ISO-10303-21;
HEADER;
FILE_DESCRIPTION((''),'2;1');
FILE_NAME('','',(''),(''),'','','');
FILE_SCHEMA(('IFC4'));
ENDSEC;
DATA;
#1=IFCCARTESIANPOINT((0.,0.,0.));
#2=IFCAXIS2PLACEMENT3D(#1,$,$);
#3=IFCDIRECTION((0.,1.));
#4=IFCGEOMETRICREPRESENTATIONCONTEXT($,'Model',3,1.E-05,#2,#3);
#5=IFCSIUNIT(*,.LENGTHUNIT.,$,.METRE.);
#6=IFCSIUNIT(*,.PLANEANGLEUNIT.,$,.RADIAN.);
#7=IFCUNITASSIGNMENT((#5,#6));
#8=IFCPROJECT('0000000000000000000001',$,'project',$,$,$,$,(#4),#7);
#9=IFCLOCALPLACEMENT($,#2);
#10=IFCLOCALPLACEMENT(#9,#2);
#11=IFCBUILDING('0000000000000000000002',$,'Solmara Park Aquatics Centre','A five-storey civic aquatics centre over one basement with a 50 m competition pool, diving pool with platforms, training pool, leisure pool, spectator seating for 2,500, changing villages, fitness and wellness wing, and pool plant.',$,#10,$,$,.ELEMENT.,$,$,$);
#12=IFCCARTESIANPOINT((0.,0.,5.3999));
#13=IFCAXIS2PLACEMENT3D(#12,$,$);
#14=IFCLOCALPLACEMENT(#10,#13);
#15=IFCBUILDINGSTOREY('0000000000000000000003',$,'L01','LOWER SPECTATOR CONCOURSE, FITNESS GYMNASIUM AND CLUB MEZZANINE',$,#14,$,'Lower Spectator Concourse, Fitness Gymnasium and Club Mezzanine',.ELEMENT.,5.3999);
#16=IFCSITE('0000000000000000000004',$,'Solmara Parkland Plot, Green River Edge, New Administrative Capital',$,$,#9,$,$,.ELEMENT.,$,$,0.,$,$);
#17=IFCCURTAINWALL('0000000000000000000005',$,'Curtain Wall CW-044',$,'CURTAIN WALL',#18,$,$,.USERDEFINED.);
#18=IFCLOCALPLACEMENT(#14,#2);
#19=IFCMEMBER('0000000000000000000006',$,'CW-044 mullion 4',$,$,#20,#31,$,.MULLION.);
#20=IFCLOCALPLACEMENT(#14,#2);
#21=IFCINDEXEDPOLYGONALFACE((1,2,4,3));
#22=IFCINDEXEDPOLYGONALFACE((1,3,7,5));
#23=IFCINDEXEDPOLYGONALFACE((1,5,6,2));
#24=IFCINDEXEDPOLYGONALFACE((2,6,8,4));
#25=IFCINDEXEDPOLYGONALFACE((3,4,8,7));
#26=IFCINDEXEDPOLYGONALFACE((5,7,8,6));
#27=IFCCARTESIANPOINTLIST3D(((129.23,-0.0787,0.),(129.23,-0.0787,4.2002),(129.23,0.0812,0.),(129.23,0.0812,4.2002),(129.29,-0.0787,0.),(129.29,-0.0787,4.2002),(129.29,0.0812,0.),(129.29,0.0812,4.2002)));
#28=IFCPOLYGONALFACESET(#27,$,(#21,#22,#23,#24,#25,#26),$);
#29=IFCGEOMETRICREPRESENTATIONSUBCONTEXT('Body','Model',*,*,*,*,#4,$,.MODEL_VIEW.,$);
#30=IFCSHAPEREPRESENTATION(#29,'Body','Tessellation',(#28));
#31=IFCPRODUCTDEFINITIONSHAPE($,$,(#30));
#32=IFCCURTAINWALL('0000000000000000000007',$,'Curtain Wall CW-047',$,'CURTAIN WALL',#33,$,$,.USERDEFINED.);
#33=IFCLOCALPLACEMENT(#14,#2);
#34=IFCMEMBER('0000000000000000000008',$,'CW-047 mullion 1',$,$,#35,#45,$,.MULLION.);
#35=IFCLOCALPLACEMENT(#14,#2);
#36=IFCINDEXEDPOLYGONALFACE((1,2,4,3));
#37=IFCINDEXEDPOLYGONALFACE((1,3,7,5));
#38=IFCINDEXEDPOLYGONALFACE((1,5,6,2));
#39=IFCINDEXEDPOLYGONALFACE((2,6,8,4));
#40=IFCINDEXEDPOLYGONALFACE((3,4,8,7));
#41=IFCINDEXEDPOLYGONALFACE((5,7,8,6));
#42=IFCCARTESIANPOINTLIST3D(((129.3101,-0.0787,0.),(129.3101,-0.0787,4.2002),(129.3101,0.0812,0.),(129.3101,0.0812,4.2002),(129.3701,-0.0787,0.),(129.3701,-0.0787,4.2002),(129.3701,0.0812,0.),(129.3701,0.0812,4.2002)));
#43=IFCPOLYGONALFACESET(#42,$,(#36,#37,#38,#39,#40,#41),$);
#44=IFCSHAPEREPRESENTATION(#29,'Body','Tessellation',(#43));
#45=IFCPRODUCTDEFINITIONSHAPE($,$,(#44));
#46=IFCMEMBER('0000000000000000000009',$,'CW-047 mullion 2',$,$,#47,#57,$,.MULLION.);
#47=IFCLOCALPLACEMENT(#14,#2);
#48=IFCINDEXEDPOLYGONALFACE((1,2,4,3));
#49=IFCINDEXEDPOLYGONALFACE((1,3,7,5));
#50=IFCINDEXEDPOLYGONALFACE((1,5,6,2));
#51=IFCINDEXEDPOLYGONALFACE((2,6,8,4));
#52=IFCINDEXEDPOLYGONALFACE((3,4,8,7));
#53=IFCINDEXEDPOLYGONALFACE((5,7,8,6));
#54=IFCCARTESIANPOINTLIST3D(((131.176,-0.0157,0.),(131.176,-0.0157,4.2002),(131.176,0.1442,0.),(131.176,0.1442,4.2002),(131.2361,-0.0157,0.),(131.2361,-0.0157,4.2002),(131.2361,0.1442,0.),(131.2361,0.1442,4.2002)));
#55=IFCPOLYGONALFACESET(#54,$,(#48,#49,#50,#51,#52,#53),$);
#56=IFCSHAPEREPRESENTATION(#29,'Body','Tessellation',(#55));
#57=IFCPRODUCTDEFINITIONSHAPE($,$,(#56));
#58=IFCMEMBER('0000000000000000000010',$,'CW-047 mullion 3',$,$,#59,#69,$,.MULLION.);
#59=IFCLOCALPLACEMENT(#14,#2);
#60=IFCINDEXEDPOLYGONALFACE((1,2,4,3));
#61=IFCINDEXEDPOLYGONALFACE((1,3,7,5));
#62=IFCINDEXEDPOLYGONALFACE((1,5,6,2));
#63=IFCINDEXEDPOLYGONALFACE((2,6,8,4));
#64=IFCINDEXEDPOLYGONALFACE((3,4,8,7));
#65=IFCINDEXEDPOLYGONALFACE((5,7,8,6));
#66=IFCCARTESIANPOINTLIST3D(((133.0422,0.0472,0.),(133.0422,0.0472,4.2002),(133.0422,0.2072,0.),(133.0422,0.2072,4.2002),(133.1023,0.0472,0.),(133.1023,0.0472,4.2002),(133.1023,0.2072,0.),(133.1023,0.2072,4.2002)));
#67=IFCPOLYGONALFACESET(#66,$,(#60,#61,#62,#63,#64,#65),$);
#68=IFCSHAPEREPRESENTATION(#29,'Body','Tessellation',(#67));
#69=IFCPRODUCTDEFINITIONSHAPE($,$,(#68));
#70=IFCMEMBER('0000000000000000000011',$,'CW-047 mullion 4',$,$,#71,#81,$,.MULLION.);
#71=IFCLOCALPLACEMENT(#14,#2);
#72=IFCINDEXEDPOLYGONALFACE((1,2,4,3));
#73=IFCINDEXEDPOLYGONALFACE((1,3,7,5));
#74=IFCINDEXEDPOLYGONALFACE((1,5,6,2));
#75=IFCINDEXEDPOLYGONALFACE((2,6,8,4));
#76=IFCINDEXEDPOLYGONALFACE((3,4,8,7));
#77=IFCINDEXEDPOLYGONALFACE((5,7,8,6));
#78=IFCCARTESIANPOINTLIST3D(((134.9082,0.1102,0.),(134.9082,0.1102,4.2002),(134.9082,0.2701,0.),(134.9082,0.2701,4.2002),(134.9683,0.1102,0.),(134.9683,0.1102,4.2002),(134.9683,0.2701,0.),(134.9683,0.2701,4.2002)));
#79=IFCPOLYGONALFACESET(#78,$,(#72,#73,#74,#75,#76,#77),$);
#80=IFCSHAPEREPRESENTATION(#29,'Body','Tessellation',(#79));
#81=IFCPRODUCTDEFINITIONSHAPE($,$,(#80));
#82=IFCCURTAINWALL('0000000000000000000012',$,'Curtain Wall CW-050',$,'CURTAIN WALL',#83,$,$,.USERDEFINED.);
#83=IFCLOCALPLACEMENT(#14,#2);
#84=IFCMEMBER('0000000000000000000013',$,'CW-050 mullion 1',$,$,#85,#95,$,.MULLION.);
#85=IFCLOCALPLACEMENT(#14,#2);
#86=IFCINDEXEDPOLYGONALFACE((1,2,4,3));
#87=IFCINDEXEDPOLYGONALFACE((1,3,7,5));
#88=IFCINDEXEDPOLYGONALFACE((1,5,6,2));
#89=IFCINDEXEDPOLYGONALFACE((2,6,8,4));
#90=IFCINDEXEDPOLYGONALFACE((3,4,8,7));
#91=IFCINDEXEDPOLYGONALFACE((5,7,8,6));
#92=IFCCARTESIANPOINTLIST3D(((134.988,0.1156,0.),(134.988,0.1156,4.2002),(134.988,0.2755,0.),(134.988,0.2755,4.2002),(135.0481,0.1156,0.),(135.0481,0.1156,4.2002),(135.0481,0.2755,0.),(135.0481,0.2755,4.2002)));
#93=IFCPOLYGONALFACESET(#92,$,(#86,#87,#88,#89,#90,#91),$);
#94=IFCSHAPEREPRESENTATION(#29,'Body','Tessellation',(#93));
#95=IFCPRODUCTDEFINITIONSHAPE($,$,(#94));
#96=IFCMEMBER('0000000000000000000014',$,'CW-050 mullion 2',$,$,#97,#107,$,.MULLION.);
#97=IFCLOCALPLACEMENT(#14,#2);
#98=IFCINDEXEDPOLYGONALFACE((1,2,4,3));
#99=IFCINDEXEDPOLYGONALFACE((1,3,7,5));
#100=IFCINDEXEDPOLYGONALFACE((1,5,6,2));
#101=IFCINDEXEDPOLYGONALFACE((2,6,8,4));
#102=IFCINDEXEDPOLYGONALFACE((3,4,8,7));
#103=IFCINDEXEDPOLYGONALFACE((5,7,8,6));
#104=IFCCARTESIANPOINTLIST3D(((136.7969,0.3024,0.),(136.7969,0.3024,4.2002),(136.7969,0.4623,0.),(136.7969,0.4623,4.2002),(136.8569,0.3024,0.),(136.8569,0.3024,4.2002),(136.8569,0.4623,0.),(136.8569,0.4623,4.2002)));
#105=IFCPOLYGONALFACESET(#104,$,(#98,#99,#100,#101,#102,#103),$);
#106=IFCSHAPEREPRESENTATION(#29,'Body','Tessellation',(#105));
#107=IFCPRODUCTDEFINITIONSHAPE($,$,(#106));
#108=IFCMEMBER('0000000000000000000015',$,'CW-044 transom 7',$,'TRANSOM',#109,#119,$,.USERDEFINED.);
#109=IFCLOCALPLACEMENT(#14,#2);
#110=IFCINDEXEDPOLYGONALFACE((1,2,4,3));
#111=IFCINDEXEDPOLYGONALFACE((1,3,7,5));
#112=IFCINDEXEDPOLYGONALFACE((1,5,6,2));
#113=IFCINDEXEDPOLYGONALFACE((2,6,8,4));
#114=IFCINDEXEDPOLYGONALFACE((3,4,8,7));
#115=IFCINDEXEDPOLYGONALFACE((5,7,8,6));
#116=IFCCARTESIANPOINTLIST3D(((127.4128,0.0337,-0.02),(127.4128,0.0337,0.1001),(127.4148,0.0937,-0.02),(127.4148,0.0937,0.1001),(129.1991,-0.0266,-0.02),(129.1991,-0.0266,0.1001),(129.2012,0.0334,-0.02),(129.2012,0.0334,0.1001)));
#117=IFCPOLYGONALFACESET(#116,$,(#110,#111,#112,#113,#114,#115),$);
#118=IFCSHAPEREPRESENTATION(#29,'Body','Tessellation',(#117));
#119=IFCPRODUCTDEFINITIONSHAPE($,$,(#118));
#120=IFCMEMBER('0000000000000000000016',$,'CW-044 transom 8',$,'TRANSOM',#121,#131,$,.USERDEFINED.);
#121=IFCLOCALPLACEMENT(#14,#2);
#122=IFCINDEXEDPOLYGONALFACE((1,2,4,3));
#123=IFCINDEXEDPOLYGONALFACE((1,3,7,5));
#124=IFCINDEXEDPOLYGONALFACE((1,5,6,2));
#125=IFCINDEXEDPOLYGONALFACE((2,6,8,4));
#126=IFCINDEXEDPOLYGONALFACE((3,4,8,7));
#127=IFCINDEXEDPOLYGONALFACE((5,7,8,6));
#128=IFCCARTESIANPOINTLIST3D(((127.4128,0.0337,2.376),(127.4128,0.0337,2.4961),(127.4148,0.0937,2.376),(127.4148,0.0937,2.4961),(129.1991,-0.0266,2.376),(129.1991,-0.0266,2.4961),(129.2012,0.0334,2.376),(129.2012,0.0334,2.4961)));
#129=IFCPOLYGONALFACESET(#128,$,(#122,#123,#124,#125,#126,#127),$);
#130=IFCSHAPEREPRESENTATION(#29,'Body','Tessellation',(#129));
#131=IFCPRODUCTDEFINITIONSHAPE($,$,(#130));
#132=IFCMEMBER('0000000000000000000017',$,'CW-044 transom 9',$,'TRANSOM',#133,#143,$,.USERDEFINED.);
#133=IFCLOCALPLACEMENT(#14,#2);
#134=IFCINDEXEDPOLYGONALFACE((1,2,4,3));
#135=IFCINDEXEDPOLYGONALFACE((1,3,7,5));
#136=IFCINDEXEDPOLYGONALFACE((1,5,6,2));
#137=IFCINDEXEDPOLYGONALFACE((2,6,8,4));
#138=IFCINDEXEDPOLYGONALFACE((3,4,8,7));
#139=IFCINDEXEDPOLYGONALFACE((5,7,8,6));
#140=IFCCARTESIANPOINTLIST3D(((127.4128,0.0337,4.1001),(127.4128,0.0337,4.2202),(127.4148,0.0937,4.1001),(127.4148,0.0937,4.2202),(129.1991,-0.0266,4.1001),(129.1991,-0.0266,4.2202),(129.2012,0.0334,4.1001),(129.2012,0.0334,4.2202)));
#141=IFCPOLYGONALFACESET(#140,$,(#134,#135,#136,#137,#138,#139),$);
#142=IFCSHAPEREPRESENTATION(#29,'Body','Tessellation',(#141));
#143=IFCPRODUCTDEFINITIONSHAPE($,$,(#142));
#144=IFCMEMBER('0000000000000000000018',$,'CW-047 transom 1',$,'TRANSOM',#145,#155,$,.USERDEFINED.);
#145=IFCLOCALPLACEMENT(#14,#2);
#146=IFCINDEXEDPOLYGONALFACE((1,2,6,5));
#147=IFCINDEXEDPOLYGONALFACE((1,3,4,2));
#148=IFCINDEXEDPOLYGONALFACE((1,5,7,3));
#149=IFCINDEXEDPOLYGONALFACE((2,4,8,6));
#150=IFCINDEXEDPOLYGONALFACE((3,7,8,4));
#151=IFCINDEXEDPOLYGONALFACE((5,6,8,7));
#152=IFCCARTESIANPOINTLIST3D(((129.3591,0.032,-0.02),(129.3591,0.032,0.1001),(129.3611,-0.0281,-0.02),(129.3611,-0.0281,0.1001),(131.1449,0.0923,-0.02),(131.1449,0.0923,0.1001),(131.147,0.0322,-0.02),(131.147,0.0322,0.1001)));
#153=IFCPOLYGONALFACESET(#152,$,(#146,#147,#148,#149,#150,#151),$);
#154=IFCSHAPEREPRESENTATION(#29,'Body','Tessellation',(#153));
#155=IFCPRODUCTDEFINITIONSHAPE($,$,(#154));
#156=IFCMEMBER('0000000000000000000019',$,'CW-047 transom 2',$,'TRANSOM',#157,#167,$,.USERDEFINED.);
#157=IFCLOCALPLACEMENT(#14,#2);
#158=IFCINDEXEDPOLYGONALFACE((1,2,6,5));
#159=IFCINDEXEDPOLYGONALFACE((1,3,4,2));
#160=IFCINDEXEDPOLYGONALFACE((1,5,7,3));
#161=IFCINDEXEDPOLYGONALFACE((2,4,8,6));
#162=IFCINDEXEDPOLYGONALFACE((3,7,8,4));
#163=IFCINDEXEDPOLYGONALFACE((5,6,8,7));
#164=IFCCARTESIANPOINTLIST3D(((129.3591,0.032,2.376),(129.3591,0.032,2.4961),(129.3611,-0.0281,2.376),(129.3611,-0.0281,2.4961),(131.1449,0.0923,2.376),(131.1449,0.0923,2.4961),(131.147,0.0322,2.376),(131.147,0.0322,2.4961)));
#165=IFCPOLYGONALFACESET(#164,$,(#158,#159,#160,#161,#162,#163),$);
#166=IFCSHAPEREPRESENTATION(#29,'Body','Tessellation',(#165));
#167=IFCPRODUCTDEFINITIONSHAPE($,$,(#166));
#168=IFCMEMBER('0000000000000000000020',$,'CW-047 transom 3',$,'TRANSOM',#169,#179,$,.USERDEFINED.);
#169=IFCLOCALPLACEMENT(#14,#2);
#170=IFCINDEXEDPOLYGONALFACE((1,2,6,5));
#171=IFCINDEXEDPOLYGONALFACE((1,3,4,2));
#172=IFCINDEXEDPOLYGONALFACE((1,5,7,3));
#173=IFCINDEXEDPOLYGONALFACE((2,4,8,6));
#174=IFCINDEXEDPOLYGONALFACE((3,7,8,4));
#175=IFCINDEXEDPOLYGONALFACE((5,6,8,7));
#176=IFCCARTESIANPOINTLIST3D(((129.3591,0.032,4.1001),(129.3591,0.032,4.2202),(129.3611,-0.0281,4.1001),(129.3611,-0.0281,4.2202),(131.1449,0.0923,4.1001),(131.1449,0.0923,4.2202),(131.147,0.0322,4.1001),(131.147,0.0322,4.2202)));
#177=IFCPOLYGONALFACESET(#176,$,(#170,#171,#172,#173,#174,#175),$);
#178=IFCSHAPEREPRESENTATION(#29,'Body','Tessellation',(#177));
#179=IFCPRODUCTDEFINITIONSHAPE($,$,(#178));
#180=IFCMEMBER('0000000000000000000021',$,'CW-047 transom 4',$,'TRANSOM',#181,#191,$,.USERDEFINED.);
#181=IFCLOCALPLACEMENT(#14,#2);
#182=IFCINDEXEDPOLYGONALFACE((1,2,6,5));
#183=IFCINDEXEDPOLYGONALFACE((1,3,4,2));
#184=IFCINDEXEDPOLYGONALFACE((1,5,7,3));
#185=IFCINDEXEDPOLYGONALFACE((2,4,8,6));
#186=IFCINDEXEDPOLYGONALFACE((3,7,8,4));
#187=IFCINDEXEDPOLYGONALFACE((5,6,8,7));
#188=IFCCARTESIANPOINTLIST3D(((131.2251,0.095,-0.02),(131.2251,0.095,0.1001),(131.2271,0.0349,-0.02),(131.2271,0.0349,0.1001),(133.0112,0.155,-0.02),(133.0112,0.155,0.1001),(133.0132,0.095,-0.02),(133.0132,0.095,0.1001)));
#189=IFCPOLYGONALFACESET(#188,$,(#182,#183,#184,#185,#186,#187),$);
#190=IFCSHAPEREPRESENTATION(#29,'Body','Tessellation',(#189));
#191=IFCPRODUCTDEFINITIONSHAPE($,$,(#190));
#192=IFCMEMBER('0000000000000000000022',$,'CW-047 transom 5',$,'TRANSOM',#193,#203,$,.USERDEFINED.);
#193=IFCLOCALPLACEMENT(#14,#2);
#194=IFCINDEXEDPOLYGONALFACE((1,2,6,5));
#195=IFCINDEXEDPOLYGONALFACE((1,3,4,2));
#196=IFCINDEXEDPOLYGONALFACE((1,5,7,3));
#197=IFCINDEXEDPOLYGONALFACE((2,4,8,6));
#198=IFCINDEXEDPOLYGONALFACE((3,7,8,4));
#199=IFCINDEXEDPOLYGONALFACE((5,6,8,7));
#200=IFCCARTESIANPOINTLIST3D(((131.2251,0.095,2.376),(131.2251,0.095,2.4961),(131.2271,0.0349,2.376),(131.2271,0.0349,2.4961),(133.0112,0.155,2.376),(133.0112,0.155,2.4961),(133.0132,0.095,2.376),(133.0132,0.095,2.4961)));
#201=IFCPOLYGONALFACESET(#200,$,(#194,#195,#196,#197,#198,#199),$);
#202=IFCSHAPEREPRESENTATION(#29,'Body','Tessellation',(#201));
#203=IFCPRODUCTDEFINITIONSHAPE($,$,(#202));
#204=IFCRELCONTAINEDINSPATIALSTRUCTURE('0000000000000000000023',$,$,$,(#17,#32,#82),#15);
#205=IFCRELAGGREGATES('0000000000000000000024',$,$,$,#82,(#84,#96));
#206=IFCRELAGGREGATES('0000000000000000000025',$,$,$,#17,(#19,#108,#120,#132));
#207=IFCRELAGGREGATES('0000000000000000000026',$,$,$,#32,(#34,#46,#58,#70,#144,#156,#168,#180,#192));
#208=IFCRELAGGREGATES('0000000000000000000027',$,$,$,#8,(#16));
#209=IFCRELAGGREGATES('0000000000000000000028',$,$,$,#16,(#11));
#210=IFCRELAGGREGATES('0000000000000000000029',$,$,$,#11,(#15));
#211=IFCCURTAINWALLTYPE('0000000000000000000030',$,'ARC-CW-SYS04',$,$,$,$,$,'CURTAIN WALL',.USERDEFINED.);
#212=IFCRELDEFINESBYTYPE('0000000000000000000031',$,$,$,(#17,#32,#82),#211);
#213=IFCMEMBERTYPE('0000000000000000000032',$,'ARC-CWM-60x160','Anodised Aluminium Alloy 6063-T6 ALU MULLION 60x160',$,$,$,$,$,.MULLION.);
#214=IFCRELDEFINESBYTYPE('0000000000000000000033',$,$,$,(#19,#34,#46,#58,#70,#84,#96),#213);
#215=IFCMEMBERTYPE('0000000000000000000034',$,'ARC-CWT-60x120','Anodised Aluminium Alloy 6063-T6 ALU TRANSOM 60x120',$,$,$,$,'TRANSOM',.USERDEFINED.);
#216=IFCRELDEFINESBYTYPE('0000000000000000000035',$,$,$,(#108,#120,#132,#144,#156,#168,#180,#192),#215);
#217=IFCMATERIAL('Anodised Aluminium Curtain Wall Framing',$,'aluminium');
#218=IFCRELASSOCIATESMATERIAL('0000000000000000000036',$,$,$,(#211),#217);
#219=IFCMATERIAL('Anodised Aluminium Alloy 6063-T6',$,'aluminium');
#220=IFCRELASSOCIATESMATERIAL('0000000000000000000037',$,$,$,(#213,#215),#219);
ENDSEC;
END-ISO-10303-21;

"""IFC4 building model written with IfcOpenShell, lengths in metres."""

from ifc_helpers import new_model, si_unit, direction, frame, origin, origin_2d, place, context, subcontext, project, spatial, rectangle, extrude, material, material_profile, profile_set, type_object, element, aggregate, save


model = new_model("IFC4")

# Units and contexts
model_context = context("Model", 3, precision=1e-05, world=origin(), true_north=direction((0.0, 1.0)))
body_context = subcontext(model_context, "Body", "Model", "MODEL_VIEW")
ifc_project = project(units=[si_unit("LENGTHUNIT", "METRE"), si_unit("PLANEANGLEUNIT", "RADIAN")], contexts=[model_context])

# Site, building, storey
site_placement = place(None, origin())
site = spatial("IfcSite", under=ifc_project, at=site_placement, Name="Solmara Parkland Plot, Green River Edge, New Administrative Capital", CompositionType="ELEMENT", RefElevation=0.0)
building_placement = place(site_placement, origin())
building = spatial("IfcBuilding", under=site, at=building_placement, Name="Solmara Park Aquatics Centre", Description="A five-storey civic aquatics centre over one basement with a 50 m competition pool, diving pool with platforms, training pool, leisure pool, spectator seating for 2,500, changing villages, fitness and wellness wing, and pool plant.", CompositionType="ELEMENT")
storey_placement = place(building_placement, frame((0.0, 0.0, 5.3999)))
storey = spatial("IfcBuildingStorey", under=building, at=storey_placement, Name="L01", Description="LOWER SPECTATOR CONCOURSE, FITNESS GYMNASIUM AND CLUB MEZZANINE", LongName="Lower Spectator Concourse, Fitness Gymnasium and Club Mezzanine", CompositionType="ELEMENT", Elevation=5.3999)

# Curtain wall, member
ifc_material_1 = material(Name="Anodised Aluminium Curtain Wall Framing", Category="aluminium")
curtain_wall_type = type_object("IfcCurtainWallType", Name="ARC-CW-SYS04", ElementType="CURTAIN WALL", PredefinedType="USERDEFINED", material=ifc_material_1)
curtain_wall_1_placement = place(storey_placement, origin())
curtain_wall_1 = element("IfcCurtainWall", 1, at=curtain_wall_1_placement, inside=storey, type_object=curtain_wall_type, Name="Curtain Wall CW-044", ObjectType="CURTAIN WALL", PredefinedType="USERDEFINED")
ifc_material_2 = material(Name="Anodised Aluminium Alloy 6063-T6", Category="aluminium")
ifc_material_profile_1 = material_profile(ifc_material_2, rectangle(XDim=0.0601, YDim=0.1599, at=origin_2d()), Name="ALU MULLION 60x160")
ifc_profile_set_1 = profile_set([ifc_material_profile_1], Name="Anodised Aluminium Alloy 6063-T6")
member_type_1 = type_object("IfcMemberType", Name="ARC-CWM-60x160", Description="Anodised Aluminium Alloy 6063-T6 ALU MULLION 60x160", PredefinedType="MULLION", material=ifc_profile_set_1)
member_1_placement = place(storey_placement, frame((129.26, 0.0012, 0.0), z_axis=(0.0, 0.0, 1.0), x_axis=(1.0, 0.0, 0.0)))
member_1 = element("IfcMember", 2, at=member_1_placement, type_object=member_type_1, Name="CW-044 mullion 4", PredefinedType="MULLION", context=body_context, shape_type="SweptSolid", body=[
    extrude(rectangle(XDim=0.0601, YDim=0.1599, at=origin_2d()), origin(), (0.0, 0.0, 1.0), 4.2002),
])

# Curtain walls, members
curtain_wall_2_placement = place(storey_placement, origin())
curtain_wall_2 = element("IfcCurtainWall", 3, at=curtain_wall_2_placement, inside=storey, type_object=curtain_wall_type, Name="Curtain Wall CW-047", ObjectType="CURTAIN WALL", PredefinedType="USERDEFINED")
member_2_placement = place(storey_placement, frame((129.3401, 0.0012, 0.0), z_axis=(0.0, 0.0, 1.0), x_axis=(1.0, 0.0, 0.0)))
member_2 = element("IfcMember", 4, at=member_2_placement, type_object=member_type_1, Name="CW-047 mullion 1", PredefinedType="MULLION", context=body_context, shape_type="SweptSolid", body=[
    extrude(rectangle(XDim=0.0601, YDim=0.1599, at=origin_2d()), origin(), (0.0, 0.0, 1.0), 4.2002),
])
member_3_placement = place(storey_placement, frame((131.2061, 0.0642, 0.0), z_axis=(0.0, 0.0, 1.0), x_axis=(1.0, 0.0, 0.0)))
member_3 = element("IfcMember", 5, at=member_3_placement, type_object=member_type_1, Name="CW-047 mullion 2", PredefinedType="MULLION", context=body_context, shape_type="SweptSolid", body=[
    extrude(rectangle(XDim=0.0601, YDim=0.1599, at=origin_2d()), origin(), (0.0, 0.0, 1.0), 4.2002),
])
member_4_placement = place(storey_placement, frame((133.0723, 0.1272, 0.0), z_axis=(0.0, 0.0, 1.0), x_axis=(1.0, 0.0, 0.0)))
member_4 = element("IfcMember", 6, at=member_4_placement, type_object=member_type_1, Name="CW-047 mullion 3", PredefinedType="MULLION", context=body_context, shape_type="SweptSolid", body=[
    extrude(rectangle(XDim=0.0601, YDim=0.1599, at=origin_2d()), origin(), (0.0, 0.0, 1.0), 4.2002),
])
member_5_placement = place(storey_placement, frame((134.9382, 0.1902, 0.0), z_axis=(0.0, 0.0, 1.0), x_axis=(1.0, 0.0, 0.0)))
member_5 = element("IfcMember", 7, at=member_5_placement, type_object=member_type_1, Name="CW-047 mullion 4", PredefinedType="MULLION", context=body_context, shape_type="SweptSolid", body=[
    extrude(rectangle(XDim=0.0601, YDim=0.1599, at=origin_2d()), origin(), (0.0, 0.0, 1.0), 4.2002),
])
curtain_wall_3_placement = place(storey_placement, origin())
curtain_wall_3 = element("IfcCurtainWall", 8, at=curtain_wall_3_placement, inside=storey, type_object=curtain_wall_type, Name="Curtain Wall CW-050", ObjectType="CURTAIN WALL", PredefinedType="USERDEFINED")
member_6_placement = place(storey_placement, frame((135.0181, 0.1956, 0.0), z_axis=(0.0, 0.0, 1.0), x_axis=(1.0, 0.0, 0.0)))
member_6 = element("IfcMember", 9, at=member_6_placement, type_object=member_type_1, Name="CW-050 mullion 1", PredefinedType="MULLION", context=body_context, shape_type="SweptSolid", body=[
    extrude(rectangle(XDim=0.0601, YDim=0.1599, at=origin_2d()), origin(), (0.0, 0.0, 1.0), 4.2002),
])
member_7_placement = place(storey_placement, frame((136.8269, 0.3823, 0.0), z_axis=(0.0, 0.0, 1.0), x_axis=(1.0, 0.0, 0.0)))
member_7 = element("IfcMember", 10, at=member_7_placement, type_object=member_type_1, Name="CW-050 mullion 2", PredefinedType="MULLION", context=body_context, shape_type="SweptSolid", body=[
    extrude(rectangle(XDim=0.0601, YDim=0.1599, at=origin_2d()), origin(), (0.0, 0.0, 1.0), 4.2002),
])

# Members
ifc_material_profile_2 = material_profile(ifc_material_2, rectangle(XDim=0.0601, YDim=0.1201, at=origin_2d()), Name="ALU TRANSOM 60x120")
ifc_profile_set_2 = profile_set([ifc_material_profile_2], Name="Anodised Aluminium Alloy 6063-T6")
member_type_2 = type_object("IfcMemberType", Name="ARC-CWT-60x120", Description="Anodised Aluminium Alloy 6063-T6 ALU TRANSOM 60x120", ElementType="TRANSOM", PredefinedType="USERDEFINED", material=ifc_profile_set_2)
member_8_placement = place(storey_placement, frame((127.4138, 0.0637, 0.04), z_axis=(0.999431, -0.033738, 0.0), x_axis=(0.033738, 0.999431, 0.0)))
member_8 = element("IfcMember", 11, at=member_8_placement, type_object=member_type_2, Name="CW-044 transom 7", ObjectType="TRANSOM", PredefinedType="USERDEFINED", context=body_context, shape_type="SweptSolid", body=[
    extrude(rectangle(XDim=0.0601, YDim=0.1201, at=origin_2d()), origin(), (0.0, 0.0, 1.0), 1.7874),
])
member_9_placement = place(storey_placement, frame((127.4138, 0.0637, 2.436), z_axis=(0.999431, -0.033738, 0.0), x_axis=(0.033738, 0.999431, 0.0)))
member_9 = element("IfcMember", 12, at=member_9_placement, type_object=member_type_2, Name="CW-044 transom 8", ObjectType="TRANSOM", PredefinedType="USERDEFINED", context=body_context, shape_type="SweptSolid", body=[
    extrude(rectangle(XDim=0.0601, YDim=0.1201, at=origin_2d()), origin(), (0.0, 0.0, 1.0), 1.7874),
])
member_10_placement = place(storey_placement, frame((127.4138, 0.0637, 4.1602), z_axis=(0.999431, -0.033738, 0.0), x_axis=(0.033738, 0.999431, 0.0)))
member_10 = element("IfcMember", 13, at=member_10_placement, type_object=member_type_2, Name="CW-044 transom 9", ObjectType="TRANSOM", PredefinedType="USERDEFINED", context=body_context, shape_type="SweptSolid", body=[
    extrude(rectangle(XDim=0.0601, YDim=0.1201, at=origin_2d()), origin(), (0.0, 0.0, 1.0), 1.7874),
])
member_11_placement = place(storey_placement, frame((129.3601, 0.002, 0.04), z_axis=(0.99943, 0.033747, 0.0), x_axis=(-0.033747, 0.99943, 0.0)))
member_11 = element("IfcMember", 14, at=member_11_placement, type_object=member_type_2, Name="CW-047 transom 1", ObjectType="TRANSOM", PredefinedType="USERDEFINED", context=body_context, shape_type="SweptSolid", body=[
    extrude(rectangle(XDim=0.0601, YDim=0.1201, at=origin_2d()), origin(), (0.0, 0.0, 1.0), 1.7869),
])
member_12_placement = place(storey_placement, frame((129.3601, 0.002, 2.436), z_axis=(0.99943, 0.033747, 0.0), x_axis=(-0.033747, 0.99943, 0.0)))
member_12 = element("IfcMember", 15, at=member_12_placement, type_object=member_type_2, Name="CW-047 transom 2", ObjectType="TRANSOM", PredefinedType="USERDEFINED", context=body_context, shape_type="SweptSolid", body=[
    extrude(rectangle(XDim=0.0601, YDim=0.1201, at=origin_2d()), origin(), (0.0, 0.0, 1.0), 1.7869),
])
member_13_placement = place(storey_placement, frame((129.3601, 0.002, 4.1602), z_axis=(0.99943, 0.033747, 0.0), x_axis=(-0.033747, 0.99943, 0.0)))
member_13 = element("IfcMember", 16, at=member_13_placement, type_object=member_type_2, Name="CW-047 transom 3", ObjectType="TRANSOM", PredefinedType="USERDEFINED", context=body_context, shape_type="SweptSolid", body=[
    extrude(rectangle(XDim=0.0601, YDim=0.1201, at=origin_2d()), origin(), (0.0, 0.0, 1.0), 1.7869),
])
member_14_placement = place(storey_placement, frame((131.2261, 0.0649, 0.04), z_axis=(0.999435, 0.033606, 0.0), x_axis=(-0.033606, 0.999435, 0.0)))
member_14 = element("IfcMember", 17, at=member_14_placement, type_object=member_type_2, Name="CW-047 transom 4", ObjectType="TRANSOM", PredefinedType="USERDEFINED", context=body_context, shape_type="SweptSolid", body=[
    extrude(rectangle(XDim=0.0601, YDim=0.1201, at=origin_2d()), origin(), (0.0, 0.0, 1.0), 1.7871),
])
member_15_placement = place(storey_placement, frame((131.2261, 0.0649, 2.436), z_axis=(0.999435, 0.033606, 0.0), x_axis=(-0.033606, 0.999435, 0.0)))
member_15 = element("IfcMember", 18, at=member_15_placement, type_object=member_type_2, Name="CW-047 transom 5", ObjectType="TRANSOM", PredefinedType="USERDEFINED", context=body_context, shape_type="SweptSolid", body=[
    extrude(rectangle(XDim=0.0601, YDim=0.1201, at=origin_2d()), origin(), (0.0, 0.0, 1.0), 1.7871),
])

aggregate(curtain_wall_3, [member_6, member_7])
aggregate(curtain_wall_1, [member_1, member_8, member_9, member_10])
aggregate(curtain_wall_2, [member_2, member_3, member_4, member_5, member_11, member_12, member_13, member_14, member_15])

save(model, "model.ifc")
